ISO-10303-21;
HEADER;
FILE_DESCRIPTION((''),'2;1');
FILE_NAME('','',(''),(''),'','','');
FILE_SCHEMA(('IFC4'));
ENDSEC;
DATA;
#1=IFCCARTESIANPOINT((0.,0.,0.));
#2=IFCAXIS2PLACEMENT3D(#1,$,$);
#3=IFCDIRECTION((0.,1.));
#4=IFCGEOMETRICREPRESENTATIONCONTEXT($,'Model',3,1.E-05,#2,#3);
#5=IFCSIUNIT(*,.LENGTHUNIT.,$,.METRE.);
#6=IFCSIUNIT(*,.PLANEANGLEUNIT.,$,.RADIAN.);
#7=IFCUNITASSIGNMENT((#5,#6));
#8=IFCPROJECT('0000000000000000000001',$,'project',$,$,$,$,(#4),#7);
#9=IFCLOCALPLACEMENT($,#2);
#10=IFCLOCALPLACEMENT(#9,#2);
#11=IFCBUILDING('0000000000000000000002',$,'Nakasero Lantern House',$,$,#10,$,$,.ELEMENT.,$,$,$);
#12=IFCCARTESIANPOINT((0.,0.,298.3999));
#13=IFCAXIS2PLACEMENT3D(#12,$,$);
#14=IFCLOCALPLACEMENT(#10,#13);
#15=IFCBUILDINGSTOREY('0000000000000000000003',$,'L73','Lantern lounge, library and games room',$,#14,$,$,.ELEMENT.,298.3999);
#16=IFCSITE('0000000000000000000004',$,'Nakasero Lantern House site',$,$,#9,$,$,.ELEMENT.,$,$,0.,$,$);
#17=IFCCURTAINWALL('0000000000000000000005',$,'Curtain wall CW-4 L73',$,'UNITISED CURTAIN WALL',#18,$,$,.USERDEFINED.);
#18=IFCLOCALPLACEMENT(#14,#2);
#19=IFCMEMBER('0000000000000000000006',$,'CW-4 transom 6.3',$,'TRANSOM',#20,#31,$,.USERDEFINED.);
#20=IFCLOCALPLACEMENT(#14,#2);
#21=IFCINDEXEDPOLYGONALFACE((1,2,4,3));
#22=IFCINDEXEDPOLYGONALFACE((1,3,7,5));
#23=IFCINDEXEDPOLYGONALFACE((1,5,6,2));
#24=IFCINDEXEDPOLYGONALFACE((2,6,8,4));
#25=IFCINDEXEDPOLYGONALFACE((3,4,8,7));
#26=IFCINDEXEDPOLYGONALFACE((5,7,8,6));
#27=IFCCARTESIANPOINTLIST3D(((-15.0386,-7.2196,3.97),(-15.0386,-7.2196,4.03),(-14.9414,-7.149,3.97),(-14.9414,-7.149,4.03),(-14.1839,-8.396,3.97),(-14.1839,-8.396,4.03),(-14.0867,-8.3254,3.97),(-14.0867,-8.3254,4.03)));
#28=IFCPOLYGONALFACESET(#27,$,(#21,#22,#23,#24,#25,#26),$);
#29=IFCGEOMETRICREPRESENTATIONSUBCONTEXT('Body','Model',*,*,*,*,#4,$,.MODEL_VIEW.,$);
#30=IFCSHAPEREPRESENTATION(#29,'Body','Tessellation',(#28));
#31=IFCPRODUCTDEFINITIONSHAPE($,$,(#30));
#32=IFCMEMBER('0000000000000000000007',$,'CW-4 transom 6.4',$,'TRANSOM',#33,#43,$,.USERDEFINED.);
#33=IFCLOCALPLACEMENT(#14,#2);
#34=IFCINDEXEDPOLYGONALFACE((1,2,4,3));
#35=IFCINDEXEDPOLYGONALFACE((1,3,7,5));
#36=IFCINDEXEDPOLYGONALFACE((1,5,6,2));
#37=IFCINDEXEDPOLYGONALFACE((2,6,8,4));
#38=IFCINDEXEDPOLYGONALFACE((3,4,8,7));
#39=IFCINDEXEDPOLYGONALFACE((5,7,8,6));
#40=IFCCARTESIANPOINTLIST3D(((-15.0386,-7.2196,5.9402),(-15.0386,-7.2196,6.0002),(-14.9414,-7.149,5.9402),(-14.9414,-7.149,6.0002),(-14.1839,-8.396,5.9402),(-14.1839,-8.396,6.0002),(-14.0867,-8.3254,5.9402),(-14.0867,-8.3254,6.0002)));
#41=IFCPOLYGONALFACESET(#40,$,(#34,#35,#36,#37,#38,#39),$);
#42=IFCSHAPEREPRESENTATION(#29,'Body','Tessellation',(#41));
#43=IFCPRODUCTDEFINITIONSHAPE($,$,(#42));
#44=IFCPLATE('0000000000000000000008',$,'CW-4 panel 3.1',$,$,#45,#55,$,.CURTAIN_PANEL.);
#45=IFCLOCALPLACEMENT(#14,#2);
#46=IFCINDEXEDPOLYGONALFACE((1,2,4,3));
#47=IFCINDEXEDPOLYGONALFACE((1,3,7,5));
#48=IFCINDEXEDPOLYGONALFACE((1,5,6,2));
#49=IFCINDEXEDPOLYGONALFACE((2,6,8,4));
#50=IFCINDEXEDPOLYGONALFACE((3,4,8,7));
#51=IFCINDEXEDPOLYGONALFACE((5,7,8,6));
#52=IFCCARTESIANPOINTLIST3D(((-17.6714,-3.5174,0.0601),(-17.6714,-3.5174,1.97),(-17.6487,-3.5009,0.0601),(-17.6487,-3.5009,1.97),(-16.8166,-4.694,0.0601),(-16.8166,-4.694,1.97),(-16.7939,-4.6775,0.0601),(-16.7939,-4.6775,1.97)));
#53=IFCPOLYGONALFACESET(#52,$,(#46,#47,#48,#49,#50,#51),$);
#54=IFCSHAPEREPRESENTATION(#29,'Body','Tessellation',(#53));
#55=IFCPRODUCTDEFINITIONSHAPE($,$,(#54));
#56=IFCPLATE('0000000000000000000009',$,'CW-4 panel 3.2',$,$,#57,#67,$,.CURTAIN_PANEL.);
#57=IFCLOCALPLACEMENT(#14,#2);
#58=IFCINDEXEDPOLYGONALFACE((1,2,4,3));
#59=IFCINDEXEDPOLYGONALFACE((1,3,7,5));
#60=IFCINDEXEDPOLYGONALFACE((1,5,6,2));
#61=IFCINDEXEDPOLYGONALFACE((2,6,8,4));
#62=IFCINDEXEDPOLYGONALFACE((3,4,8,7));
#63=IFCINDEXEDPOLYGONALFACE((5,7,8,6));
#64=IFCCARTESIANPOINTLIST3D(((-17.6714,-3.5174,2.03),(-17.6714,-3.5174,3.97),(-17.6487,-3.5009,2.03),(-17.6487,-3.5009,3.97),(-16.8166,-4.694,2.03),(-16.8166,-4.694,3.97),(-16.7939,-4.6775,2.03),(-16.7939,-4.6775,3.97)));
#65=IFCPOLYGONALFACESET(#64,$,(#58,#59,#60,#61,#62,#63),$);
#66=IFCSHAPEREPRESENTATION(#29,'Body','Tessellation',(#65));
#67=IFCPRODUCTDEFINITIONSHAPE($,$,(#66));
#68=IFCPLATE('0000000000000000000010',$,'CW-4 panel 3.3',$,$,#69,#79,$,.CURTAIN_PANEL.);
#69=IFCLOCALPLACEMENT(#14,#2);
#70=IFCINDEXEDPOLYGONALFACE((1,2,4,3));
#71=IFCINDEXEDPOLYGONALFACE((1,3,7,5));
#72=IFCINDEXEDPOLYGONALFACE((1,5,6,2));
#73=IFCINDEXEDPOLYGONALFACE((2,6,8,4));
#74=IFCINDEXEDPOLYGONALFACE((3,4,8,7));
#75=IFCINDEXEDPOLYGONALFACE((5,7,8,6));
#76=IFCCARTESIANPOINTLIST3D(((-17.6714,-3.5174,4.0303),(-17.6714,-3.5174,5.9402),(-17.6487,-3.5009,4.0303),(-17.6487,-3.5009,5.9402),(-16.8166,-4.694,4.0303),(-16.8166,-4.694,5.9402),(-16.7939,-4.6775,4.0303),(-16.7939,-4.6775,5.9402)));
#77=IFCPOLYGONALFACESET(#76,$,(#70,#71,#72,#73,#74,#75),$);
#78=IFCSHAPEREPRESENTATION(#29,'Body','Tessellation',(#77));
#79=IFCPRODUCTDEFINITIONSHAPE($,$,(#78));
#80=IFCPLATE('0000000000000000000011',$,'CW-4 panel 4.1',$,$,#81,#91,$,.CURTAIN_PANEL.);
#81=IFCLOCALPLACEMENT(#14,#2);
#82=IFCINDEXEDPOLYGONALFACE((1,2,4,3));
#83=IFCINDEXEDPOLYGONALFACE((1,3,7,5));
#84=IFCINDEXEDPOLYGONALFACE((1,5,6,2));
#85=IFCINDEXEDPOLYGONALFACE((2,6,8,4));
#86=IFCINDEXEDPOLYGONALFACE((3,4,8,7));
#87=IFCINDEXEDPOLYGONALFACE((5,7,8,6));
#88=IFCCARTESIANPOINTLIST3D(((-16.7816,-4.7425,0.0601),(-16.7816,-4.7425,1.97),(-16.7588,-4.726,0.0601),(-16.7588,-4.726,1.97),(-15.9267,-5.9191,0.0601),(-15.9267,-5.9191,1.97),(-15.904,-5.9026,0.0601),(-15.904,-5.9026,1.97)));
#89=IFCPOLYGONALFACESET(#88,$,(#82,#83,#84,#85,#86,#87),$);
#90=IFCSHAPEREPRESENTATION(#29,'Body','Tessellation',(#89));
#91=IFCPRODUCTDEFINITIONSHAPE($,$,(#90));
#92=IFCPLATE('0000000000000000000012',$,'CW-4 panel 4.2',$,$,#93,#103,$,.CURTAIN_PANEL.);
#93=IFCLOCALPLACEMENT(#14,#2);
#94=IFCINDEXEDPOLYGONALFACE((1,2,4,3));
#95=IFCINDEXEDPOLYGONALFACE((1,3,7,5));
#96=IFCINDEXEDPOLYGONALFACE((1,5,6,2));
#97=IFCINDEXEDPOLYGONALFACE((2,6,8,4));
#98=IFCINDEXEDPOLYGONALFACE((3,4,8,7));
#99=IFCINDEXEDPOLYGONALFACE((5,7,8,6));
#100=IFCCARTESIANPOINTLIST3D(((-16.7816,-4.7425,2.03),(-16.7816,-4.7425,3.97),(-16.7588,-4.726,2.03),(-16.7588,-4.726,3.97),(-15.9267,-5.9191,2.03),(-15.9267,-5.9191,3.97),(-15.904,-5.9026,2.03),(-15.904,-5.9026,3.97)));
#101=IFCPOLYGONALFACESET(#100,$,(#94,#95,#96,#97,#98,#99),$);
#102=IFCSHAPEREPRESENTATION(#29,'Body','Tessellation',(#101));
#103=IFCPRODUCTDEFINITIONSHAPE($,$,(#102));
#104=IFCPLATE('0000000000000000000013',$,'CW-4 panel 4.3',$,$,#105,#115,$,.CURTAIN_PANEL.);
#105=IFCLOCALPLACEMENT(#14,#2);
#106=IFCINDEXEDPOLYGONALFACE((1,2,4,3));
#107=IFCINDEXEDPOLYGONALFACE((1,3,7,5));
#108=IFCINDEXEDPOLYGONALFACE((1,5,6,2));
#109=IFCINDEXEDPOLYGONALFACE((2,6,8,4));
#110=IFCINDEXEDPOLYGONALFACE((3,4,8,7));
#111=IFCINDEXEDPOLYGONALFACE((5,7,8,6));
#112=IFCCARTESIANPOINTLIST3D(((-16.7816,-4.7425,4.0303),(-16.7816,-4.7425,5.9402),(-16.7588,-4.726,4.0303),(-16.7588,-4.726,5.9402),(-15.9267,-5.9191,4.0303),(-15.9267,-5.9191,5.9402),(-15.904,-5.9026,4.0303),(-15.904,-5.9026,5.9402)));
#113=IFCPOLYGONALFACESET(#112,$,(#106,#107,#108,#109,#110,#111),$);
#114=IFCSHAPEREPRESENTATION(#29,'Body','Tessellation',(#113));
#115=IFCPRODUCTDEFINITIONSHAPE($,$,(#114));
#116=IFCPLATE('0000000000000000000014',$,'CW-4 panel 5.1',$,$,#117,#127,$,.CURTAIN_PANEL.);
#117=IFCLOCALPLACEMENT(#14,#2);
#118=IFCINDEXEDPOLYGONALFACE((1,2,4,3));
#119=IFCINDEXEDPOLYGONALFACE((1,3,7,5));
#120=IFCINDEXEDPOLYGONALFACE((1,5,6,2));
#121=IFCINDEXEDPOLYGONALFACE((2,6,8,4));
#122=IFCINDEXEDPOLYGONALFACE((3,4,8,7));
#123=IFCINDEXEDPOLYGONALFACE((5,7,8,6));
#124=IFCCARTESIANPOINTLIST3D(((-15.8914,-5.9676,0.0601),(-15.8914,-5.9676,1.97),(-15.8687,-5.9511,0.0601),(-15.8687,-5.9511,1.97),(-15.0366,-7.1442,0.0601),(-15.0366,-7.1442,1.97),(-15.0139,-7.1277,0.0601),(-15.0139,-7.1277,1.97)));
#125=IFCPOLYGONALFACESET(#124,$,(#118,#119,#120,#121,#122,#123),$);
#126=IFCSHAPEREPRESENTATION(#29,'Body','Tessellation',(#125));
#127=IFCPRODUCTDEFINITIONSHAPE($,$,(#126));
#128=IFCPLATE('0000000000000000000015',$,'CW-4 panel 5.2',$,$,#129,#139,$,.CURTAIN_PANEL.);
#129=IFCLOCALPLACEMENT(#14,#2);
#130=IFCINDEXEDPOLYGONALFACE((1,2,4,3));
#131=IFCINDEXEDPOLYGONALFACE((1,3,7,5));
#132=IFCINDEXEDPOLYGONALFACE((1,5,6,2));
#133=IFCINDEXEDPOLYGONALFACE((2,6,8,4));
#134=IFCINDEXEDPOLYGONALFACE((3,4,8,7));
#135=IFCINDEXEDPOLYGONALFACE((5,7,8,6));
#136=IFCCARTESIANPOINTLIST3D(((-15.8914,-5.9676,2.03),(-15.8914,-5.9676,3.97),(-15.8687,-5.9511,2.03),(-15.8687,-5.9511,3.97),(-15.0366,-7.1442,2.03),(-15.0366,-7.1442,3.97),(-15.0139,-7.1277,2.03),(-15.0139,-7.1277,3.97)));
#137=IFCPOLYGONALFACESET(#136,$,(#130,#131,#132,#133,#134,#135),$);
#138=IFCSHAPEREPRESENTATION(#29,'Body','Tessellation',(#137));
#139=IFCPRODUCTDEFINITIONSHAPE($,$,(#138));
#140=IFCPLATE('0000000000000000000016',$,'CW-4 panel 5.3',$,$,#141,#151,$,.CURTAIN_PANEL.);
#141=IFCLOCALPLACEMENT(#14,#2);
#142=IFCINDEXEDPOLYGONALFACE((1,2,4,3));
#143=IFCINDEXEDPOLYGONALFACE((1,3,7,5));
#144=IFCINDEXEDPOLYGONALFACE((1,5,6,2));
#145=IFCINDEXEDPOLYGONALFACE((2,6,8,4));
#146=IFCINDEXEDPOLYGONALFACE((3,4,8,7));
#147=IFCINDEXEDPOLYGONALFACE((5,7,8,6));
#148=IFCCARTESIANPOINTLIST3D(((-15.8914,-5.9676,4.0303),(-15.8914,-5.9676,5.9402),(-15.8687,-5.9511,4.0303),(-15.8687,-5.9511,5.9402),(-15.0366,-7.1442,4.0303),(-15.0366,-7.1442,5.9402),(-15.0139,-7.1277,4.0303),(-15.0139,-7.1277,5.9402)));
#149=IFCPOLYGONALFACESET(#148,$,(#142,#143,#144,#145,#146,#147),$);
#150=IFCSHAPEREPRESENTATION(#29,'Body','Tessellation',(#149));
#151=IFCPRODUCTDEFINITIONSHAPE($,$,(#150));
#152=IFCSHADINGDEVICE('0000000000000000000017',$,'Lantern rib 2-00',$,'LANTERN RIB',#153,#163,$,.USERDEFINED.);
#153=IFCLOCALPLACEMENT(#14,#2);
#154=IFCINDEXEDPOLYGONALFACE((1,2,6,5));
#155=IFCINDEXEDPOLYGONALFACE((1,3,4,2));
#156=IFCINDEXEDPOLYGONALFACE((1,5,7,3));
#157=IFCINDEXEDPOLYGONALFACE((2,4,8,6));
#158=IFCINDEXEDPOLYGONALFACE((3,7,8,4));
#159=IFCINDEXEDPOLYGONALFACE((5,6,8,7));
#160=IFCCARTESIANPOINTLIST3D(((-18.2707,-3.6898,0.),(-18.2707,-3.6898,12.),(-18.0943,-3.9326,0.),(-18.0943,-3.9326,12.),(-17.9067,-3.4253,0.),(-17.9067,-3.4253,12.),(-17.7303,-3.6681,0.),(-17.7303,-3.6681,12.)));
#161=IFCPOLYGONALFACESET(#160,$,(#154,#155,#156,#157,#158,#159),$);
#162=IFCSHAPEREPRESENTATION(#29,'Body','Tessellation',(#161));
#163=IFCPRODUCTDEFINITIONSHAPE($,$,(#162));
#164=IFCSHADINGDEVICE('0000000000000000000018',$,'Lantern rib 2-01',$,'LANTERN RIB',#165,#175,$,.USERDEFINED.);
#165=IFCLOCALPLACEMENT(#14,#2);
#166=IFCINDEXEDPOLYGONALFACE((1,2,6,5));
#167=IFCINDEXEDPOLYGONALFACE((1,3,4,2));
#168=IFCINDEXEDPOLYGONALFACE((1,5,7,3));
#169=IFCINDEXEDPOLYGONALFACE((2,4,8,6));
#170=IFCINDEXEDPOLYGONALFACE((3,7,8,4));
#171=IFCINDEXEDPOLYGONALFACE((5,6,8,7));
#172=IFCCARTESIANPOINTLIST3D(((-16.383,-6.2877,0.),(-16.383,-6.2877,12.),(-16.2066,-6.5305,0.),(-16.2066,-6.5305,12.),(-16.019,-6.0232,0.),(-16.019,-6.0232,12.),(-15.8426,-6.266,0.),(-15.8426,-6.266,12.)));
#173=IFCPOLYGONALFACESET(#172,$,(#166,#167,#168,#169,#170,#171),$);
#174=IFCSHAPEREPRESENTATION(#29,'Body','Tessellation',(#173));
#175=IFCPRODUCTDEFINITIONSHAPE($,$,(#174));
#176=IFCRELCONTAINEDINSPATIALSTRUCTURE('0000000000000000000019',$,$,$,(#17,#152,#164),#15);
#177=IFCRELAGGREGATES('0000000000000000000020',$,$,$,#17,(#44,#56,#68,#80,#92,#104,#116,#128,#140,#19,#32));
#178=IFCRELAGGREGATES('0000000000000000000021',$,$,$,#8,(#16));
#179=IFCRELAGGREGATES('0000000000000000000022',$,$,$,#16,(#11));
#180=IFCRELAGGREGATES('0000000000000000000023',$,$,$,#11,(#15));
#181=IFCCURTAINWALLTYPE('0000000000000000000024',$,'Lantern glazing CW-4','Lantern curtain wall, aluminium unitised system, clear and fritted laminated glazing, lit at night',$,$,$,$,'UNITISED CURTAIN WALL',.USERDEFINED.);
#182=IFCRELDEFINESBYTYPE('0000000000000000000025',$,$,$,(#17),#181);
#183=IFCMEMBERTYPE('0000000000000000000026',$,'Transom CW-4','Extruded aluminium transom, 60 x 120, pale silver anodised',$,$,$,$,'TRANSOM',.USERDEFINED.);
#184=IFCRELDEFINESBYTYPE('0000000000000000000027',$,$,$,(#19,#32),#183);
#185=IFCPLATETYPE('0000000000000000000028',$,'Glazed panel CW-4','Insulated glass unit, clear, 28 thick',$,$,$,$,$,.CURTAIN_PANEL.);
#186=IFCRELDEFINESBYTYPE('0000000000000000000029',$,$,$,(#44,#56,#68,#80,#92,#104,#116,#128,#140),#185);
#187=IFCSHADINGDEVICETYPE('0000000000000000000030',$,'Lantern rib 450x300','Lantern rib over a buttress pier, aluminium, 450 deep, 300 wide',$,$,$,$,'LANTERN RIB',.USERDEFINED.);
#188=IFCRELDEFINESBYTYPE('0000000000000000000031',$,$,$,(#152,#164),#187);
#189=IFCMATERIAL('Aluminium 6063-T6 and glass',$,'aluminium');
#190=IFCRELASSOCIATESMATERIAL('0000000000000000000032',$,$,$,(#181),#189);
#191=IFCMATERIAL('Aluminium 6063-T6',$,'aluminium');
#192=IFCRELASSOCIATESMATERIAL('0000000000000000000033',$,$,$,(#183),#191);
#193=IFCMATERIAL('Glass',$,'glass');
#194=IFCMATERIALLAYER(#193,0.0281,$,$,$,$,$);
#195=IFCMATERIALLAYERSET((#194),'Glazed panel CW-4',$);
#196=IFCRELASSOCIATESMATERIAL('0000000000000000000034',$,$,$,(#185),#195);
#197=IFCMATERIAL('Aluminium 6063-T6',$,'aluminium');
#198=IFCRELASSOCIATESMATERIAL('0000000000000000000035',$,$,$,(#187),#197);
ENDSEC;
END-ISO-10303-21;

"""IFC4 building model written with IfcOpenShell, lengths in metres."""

from ifc_helpers import new_model, si_unit, direction, frame, origin, origin_2d, place, context, subcontext, project, spatial, rectangle, extrude, material, layer, layer_set, material_profile, profile_set, type_object, element, aggregate, save


model = new_model("IFC4")

# Units and contexts
model_context = context("Model", 3, precision=1e-05, world=origin(), true_north=direction((0.0, 1.0)))
body_context = subcontext(model_context, "Body", "Model", "MODEL_VIEW")
ifc_project = project(units=[si_unit("LENGTHUNIT", "METRE"), si_unit("PLANEANGLEUNIT", "RADIAN")], contexts=[model_context])

# Site, building, storey
site_placement = place(None, origin())
site = spatial("IfcSite", under=ifc_project, at=site_placement, Name="Nakasero Lantern House site", CompositionType="ELEMENT", RefElevation=0.0)
building_placement = place(site_placement, origin())
building = spatial("IfcBuilding", under=site, at=building_placement, Name="Nakasero Lantern House", CompositionType="ELEMENT")
storey_placement = place(building_placement, frame((0.0, 0.0, 298.3999)))
storey = spatial("IfcBuildingStorey", under=building, at=storey_placement, Name="L73", Description="Lantern lounge, library and games room", CompositionType="ELEMENT", Elevation=298.3999)

# Curtain wall, members, plates
ifc_material_1 = material(Name="Aluminium 6063-T6 and glass", Category="aluminium")
curtain_wall_type = type_object("IfcCurtainWallType", Name="Lantern glazing CW-4", Description="Lantern curtain wall, aluminium unitised system, clear and fritted laminated glazing, lit at night", ElementType="UNITISED CURTAIN WALL", PredefinedType="USERDEFINED", material=ifc_material_1)
curtain_wall_placement = place(storey_placement, origin())
curtain_wall = element("IfcCurtainWall", 1, at=curtain_wall_placement, inside=storey, type_object=curtain_wall_type, Name="Curtain wall CW-4 L73", ObjectType="UNITISED CURTAIN WALL", PredefinedType="USERDEFINED")
ifc_material_2 = material(Name="Aluminium 6063-T6", Category="aluminium")
ifc_material_profile_1 = material_profile(ifc_material_2, rectangle(XDim=0.0601, YDim=0.1201, at=origin_2d()), Name="CW-4 transom 60x120")
ifc_profile_set_1 = profile_set([ifc_material_profile_1], Name="Aluminium 6063-T6")
member_type_1 = type_object("IfcMemberType", Name="Transom CW-4", Description="Extruded aluminium transom, 60 x 120, pale silver anodised", ElementType="TRANSOM", PredefinedType="USERDEFINED", material=ifc_profile_set_1)
member_1_placement = place(storey_placement, frame((-14.99, -7.1843, 4.0), z_axis=(0.587762, -0.809034, 0.0), x_axis=(0.0, 0.0, 1.0)))
member_1 = element("IfcMember", 2, at=member_1_placement, type_object=member_type_1, Name="CW-4 transom 6.3", ObjectType="TRANSOM", PredefinedType="USERDEFINED", context=body_context, shape_type="SweptSolid", body=[
    extrude(rectangle(XDim=0.0601, YDim=0.1201, at=origin_2d()), origin(), (0.0, 0.0, 1.0), 1.4541),
])
member_2_placement = place(storey_placement, frame((-14.99, -7.1843, 5.9702), z_axis=(0.587762, -0.809034, 0.0), x_axis=(0.0, 0.0, 1.0)))
member_2 = element("IfcMember", 3, at=member_2_placement, type_object=member_type_1, Name="CW-4 transom 6.4", ObjectType="TRANSOM", PredefinedType="USERDEFINED", context=body_context, shape_type="SweptSolid", body=[
    extrude(rectangle(XDim=0.0601, YDim=0.1201, at=origin_2d()), origin(), (0.0, 0.0, 1.0), 1.4541),
])
ifc_material_3 = material(Name="Glass", Category="glass")
ifc_layer = layer(ifc_material_3, 0.0281)
ifc_layer_set = layer_set([ifc_layer], Name="Glazed panel CW-4")
plate_type = type_object("IfcPlateType", Name="Glazed panel CW-4", Description="Insulated glass unit, clear, 28 thick", PredefinedType="CURTAIN_PANEL", material=ifc_layer_set)
plate_1_placement = place(storey_placement, frame((-17.2327, -4.0974, 0.0601), z_axis=(0.0, 0.0, 1.0), x_axis=(0.587785, -0.809017, 0.0)))
plate_1 = element("IfcPlate", 4, at=plate_1_placement, type_object=plate_type, Name="CW-4 panel 3.1", PredefinedType="CURTAIN_PANEL", context=body_context, shape_type="SweptSolid", body=[
    extrude(rectangle(XDim=1.4543, YDim=0.0281, at=origin_2d()), origin(), (0.0, 0.0, 1.0), 1.9099),
])
plate_2_placement = place(storey_placement, frame((-17.2327, -4.0974, 2.03), z_axis=(0.0, 0.0, 1.0), x_axis=(0.587785, -0.809017, 0.0)))
plate_2 = element("IfcPlate", 5, at=plate_2_placement, type_object=plate_type, Name="CW-4 panel 3.2", PredefinedType="CURTAIN_PANEL", context=body_context, shape_type="SweptSolid", body=[
    extrude(rectangle(XDim=1.4543, YDim=0.0281, at=origin_2d()), origin(), (0.0, 0.0, 1.0), 1.9399),
])
plate_3_placement = place(storey_placement, frame((-17.2327, -4.0974, 4.0303), z_axis=(0.0, 0.0, 1.0), x_axis=(0.587785, -0.809017, 0.0)))
plate_3 = element("IfcPlate", 6, at=plate_3_placement, type_object=plate_type, Name="CW-4 panel 3.3", PredefinedType="CURTAIN_PANEL", context=body_context, shape_type="SweptSolid", body=[
    extrude(rectangle(XDim=1.4543, YDim=0.0281, at=origin_2d()), origin(), (0.0, 0.0, 1.0), 1.9099),
])
plate_4_placement = place(storey_placement, frame((-16.3428, -5.3225, 0.0601), z_axis=(0.0, 0.0, 1.0), x_axis=(0.587785, -0.809017, 0.0)))
plate_4 = element("IfcPlate", 7, at=plate_4_placement, type_object=plate_type, Name="CW-4 panel 4.1", PredefinedType="CURTAIN_PANEL", context=body_context, shape_type="SweptSolid", body=[
    extrude(rectangle(XDim=1.4543, YDim=0.0281, at=origin_2d()), origin(), (0.0, 0.0, 1.0), 1.9099),
])
plate_5_placement = place(storey_placement, frame((-16.3428, -5.3225, 2.03), z_axis=(0.0, 0.0, 1.0), x_axis=(0.587785, -0.809017, 0.0)))
plate_5 = element("IfcPlate", 8, at=plate_5_placement, type_object=plate_type, Name="CW-4 panel 4.2", PredefinedType="CURTAIN_PANEL", context=body_context, shape_type="SweptSolid", body=[
    extrude(rectangle(XDim=1.4543, YDim=0.0281, at=origin_2d()), origin(), (0.0, 0.0, 1.0), 1.9399),
])
plate_6_placement = place(storey_placement, frame((-16.3428, -5.3225, 4.0303), z_axis=(0.0, 0.0, 1.0), x_axis=(0.587785, -0.809017, 0.0)))
plate_6 = element("IfcPlate", 9, at=plate_6_placement, type_object=plate_type, Name="CW-4 panel 4.3", PredefinedType="CURTAIN_PANEL", context=body_context, shape_type="SweptSolid", body=[
    extrude(rectangle(XDim=1.4543, YDim=0.0281, at=origin_2d()), origin(), (0.0, 0.0, 1.0), 1.9099),
])
plate_7_placement = place(storey_placement, frame((-15.4526, -6.5476, 0.0601), z_axis=(0.0, 0.0, 1.0), x_axis=(0.587785, -0.809017, 0.0)))
plate_7 = element("IfcPlate", 10, at=plate_7_placement, type_object=plate_type, Name="CW-4 panel 5.1", PredefinedType="CURTAIN_PANEL", context=body_context, shape_type="SweptSolid", body=[
    extrude(rectangle(XDim=1.4543, YDim=0.0281, at=origin_2d()), origin(), (0.0, 0.0, 1.0), 1.9099),
])
plate_8_placement = place(storey_placement, frame((-15.4526, -6.5476, 2.03), z_axis=(0.0, 0.0, 1.0), x_axis=(0.587785, -0.809017, 0.0)))
plate_8 = element("IfcPlate", 11, at=plate_8_placement, type_object=plate_type, Name="CW-4 panel 5.2", PredefinedType="CURTAIN_PANEL", context=body_context, shape_type="SweptSolid", body=[
    extrude(rectangle(XDim=1.4543, YDim=0.0281, at=origin_2d()), origin(), (0.0, 0.0, 1.0), 1.9399),
])
plate_9_placement = place(storey_placement, frame((-15.4526, -6.5476, 4.0303), z_axis=(0.0, 0.0, 1.0), x_axis=(0.587785, -0.809017, 0.0)))
plate_9 = element("IfcPlate", 12, at=plate_9_placement, type_object=plate_type, Name="CW-4 panel 5.3", PredefinedType="CURTAIN_PANEL", context=body_context, shape_type="SweptSolid", body=[
    extrude(rectangle(XDim=1.4543, YDim=0.0281, at=origin_2d()), origin(), (0.0, 0.0, 1.0), 1.9099),
])
aggregate(curtain_wall, [plate_1, plate_2, plate_3, plate_4, plate_5, plate_6, plate_7, plate_8, plate_9, member_1, member_2])

# Shading devices
ifc_material_4 = material(Name="Aluminium 6063-T6", Category="aluminium")
shading_device_type = type_object("IfcShadingDeviceType", Name="Lantern rib 450x300", Description="Lantern rib over a buttress pier, aluminium, 450 deep, 300 wide", ElementType="LANTERN RIB", PredefinedType="USERDEFINED", material=ifc_material_4)
for number, where, z_axis, x_axis, name in (
    (13, (-18.0005, -3.679, 0.0), (0.0, 0.0, 1.0), (-0.809017, -0.587785, 0.0), "Lantern rib 2-00"),
    (14, (-16.1128, -6.2769, 0.0), (0.0, 0.0, 1.0), (-0.809017, -0.587785, 0.0), "Lantern rib 2-01"),
):
    element("IfcShadingDevice", number, at=place(storey_placement, frame(where, z_axis=z_axis, x_axis=x_axis)), inside=storey, type_object=shading_device_type, Name=name, ObjectType="LANTERN RIB", PredefinedType="USERDEFINED", context=body_context, shape_type="SweptSolid", body=[
        extrude(rectangle(XDim=0.45, YDim=0.3, at=origin_2d()), origin(), (0.0, 0.0, 1.0), 12.0),
    ])

save(model, "model.ifc")
